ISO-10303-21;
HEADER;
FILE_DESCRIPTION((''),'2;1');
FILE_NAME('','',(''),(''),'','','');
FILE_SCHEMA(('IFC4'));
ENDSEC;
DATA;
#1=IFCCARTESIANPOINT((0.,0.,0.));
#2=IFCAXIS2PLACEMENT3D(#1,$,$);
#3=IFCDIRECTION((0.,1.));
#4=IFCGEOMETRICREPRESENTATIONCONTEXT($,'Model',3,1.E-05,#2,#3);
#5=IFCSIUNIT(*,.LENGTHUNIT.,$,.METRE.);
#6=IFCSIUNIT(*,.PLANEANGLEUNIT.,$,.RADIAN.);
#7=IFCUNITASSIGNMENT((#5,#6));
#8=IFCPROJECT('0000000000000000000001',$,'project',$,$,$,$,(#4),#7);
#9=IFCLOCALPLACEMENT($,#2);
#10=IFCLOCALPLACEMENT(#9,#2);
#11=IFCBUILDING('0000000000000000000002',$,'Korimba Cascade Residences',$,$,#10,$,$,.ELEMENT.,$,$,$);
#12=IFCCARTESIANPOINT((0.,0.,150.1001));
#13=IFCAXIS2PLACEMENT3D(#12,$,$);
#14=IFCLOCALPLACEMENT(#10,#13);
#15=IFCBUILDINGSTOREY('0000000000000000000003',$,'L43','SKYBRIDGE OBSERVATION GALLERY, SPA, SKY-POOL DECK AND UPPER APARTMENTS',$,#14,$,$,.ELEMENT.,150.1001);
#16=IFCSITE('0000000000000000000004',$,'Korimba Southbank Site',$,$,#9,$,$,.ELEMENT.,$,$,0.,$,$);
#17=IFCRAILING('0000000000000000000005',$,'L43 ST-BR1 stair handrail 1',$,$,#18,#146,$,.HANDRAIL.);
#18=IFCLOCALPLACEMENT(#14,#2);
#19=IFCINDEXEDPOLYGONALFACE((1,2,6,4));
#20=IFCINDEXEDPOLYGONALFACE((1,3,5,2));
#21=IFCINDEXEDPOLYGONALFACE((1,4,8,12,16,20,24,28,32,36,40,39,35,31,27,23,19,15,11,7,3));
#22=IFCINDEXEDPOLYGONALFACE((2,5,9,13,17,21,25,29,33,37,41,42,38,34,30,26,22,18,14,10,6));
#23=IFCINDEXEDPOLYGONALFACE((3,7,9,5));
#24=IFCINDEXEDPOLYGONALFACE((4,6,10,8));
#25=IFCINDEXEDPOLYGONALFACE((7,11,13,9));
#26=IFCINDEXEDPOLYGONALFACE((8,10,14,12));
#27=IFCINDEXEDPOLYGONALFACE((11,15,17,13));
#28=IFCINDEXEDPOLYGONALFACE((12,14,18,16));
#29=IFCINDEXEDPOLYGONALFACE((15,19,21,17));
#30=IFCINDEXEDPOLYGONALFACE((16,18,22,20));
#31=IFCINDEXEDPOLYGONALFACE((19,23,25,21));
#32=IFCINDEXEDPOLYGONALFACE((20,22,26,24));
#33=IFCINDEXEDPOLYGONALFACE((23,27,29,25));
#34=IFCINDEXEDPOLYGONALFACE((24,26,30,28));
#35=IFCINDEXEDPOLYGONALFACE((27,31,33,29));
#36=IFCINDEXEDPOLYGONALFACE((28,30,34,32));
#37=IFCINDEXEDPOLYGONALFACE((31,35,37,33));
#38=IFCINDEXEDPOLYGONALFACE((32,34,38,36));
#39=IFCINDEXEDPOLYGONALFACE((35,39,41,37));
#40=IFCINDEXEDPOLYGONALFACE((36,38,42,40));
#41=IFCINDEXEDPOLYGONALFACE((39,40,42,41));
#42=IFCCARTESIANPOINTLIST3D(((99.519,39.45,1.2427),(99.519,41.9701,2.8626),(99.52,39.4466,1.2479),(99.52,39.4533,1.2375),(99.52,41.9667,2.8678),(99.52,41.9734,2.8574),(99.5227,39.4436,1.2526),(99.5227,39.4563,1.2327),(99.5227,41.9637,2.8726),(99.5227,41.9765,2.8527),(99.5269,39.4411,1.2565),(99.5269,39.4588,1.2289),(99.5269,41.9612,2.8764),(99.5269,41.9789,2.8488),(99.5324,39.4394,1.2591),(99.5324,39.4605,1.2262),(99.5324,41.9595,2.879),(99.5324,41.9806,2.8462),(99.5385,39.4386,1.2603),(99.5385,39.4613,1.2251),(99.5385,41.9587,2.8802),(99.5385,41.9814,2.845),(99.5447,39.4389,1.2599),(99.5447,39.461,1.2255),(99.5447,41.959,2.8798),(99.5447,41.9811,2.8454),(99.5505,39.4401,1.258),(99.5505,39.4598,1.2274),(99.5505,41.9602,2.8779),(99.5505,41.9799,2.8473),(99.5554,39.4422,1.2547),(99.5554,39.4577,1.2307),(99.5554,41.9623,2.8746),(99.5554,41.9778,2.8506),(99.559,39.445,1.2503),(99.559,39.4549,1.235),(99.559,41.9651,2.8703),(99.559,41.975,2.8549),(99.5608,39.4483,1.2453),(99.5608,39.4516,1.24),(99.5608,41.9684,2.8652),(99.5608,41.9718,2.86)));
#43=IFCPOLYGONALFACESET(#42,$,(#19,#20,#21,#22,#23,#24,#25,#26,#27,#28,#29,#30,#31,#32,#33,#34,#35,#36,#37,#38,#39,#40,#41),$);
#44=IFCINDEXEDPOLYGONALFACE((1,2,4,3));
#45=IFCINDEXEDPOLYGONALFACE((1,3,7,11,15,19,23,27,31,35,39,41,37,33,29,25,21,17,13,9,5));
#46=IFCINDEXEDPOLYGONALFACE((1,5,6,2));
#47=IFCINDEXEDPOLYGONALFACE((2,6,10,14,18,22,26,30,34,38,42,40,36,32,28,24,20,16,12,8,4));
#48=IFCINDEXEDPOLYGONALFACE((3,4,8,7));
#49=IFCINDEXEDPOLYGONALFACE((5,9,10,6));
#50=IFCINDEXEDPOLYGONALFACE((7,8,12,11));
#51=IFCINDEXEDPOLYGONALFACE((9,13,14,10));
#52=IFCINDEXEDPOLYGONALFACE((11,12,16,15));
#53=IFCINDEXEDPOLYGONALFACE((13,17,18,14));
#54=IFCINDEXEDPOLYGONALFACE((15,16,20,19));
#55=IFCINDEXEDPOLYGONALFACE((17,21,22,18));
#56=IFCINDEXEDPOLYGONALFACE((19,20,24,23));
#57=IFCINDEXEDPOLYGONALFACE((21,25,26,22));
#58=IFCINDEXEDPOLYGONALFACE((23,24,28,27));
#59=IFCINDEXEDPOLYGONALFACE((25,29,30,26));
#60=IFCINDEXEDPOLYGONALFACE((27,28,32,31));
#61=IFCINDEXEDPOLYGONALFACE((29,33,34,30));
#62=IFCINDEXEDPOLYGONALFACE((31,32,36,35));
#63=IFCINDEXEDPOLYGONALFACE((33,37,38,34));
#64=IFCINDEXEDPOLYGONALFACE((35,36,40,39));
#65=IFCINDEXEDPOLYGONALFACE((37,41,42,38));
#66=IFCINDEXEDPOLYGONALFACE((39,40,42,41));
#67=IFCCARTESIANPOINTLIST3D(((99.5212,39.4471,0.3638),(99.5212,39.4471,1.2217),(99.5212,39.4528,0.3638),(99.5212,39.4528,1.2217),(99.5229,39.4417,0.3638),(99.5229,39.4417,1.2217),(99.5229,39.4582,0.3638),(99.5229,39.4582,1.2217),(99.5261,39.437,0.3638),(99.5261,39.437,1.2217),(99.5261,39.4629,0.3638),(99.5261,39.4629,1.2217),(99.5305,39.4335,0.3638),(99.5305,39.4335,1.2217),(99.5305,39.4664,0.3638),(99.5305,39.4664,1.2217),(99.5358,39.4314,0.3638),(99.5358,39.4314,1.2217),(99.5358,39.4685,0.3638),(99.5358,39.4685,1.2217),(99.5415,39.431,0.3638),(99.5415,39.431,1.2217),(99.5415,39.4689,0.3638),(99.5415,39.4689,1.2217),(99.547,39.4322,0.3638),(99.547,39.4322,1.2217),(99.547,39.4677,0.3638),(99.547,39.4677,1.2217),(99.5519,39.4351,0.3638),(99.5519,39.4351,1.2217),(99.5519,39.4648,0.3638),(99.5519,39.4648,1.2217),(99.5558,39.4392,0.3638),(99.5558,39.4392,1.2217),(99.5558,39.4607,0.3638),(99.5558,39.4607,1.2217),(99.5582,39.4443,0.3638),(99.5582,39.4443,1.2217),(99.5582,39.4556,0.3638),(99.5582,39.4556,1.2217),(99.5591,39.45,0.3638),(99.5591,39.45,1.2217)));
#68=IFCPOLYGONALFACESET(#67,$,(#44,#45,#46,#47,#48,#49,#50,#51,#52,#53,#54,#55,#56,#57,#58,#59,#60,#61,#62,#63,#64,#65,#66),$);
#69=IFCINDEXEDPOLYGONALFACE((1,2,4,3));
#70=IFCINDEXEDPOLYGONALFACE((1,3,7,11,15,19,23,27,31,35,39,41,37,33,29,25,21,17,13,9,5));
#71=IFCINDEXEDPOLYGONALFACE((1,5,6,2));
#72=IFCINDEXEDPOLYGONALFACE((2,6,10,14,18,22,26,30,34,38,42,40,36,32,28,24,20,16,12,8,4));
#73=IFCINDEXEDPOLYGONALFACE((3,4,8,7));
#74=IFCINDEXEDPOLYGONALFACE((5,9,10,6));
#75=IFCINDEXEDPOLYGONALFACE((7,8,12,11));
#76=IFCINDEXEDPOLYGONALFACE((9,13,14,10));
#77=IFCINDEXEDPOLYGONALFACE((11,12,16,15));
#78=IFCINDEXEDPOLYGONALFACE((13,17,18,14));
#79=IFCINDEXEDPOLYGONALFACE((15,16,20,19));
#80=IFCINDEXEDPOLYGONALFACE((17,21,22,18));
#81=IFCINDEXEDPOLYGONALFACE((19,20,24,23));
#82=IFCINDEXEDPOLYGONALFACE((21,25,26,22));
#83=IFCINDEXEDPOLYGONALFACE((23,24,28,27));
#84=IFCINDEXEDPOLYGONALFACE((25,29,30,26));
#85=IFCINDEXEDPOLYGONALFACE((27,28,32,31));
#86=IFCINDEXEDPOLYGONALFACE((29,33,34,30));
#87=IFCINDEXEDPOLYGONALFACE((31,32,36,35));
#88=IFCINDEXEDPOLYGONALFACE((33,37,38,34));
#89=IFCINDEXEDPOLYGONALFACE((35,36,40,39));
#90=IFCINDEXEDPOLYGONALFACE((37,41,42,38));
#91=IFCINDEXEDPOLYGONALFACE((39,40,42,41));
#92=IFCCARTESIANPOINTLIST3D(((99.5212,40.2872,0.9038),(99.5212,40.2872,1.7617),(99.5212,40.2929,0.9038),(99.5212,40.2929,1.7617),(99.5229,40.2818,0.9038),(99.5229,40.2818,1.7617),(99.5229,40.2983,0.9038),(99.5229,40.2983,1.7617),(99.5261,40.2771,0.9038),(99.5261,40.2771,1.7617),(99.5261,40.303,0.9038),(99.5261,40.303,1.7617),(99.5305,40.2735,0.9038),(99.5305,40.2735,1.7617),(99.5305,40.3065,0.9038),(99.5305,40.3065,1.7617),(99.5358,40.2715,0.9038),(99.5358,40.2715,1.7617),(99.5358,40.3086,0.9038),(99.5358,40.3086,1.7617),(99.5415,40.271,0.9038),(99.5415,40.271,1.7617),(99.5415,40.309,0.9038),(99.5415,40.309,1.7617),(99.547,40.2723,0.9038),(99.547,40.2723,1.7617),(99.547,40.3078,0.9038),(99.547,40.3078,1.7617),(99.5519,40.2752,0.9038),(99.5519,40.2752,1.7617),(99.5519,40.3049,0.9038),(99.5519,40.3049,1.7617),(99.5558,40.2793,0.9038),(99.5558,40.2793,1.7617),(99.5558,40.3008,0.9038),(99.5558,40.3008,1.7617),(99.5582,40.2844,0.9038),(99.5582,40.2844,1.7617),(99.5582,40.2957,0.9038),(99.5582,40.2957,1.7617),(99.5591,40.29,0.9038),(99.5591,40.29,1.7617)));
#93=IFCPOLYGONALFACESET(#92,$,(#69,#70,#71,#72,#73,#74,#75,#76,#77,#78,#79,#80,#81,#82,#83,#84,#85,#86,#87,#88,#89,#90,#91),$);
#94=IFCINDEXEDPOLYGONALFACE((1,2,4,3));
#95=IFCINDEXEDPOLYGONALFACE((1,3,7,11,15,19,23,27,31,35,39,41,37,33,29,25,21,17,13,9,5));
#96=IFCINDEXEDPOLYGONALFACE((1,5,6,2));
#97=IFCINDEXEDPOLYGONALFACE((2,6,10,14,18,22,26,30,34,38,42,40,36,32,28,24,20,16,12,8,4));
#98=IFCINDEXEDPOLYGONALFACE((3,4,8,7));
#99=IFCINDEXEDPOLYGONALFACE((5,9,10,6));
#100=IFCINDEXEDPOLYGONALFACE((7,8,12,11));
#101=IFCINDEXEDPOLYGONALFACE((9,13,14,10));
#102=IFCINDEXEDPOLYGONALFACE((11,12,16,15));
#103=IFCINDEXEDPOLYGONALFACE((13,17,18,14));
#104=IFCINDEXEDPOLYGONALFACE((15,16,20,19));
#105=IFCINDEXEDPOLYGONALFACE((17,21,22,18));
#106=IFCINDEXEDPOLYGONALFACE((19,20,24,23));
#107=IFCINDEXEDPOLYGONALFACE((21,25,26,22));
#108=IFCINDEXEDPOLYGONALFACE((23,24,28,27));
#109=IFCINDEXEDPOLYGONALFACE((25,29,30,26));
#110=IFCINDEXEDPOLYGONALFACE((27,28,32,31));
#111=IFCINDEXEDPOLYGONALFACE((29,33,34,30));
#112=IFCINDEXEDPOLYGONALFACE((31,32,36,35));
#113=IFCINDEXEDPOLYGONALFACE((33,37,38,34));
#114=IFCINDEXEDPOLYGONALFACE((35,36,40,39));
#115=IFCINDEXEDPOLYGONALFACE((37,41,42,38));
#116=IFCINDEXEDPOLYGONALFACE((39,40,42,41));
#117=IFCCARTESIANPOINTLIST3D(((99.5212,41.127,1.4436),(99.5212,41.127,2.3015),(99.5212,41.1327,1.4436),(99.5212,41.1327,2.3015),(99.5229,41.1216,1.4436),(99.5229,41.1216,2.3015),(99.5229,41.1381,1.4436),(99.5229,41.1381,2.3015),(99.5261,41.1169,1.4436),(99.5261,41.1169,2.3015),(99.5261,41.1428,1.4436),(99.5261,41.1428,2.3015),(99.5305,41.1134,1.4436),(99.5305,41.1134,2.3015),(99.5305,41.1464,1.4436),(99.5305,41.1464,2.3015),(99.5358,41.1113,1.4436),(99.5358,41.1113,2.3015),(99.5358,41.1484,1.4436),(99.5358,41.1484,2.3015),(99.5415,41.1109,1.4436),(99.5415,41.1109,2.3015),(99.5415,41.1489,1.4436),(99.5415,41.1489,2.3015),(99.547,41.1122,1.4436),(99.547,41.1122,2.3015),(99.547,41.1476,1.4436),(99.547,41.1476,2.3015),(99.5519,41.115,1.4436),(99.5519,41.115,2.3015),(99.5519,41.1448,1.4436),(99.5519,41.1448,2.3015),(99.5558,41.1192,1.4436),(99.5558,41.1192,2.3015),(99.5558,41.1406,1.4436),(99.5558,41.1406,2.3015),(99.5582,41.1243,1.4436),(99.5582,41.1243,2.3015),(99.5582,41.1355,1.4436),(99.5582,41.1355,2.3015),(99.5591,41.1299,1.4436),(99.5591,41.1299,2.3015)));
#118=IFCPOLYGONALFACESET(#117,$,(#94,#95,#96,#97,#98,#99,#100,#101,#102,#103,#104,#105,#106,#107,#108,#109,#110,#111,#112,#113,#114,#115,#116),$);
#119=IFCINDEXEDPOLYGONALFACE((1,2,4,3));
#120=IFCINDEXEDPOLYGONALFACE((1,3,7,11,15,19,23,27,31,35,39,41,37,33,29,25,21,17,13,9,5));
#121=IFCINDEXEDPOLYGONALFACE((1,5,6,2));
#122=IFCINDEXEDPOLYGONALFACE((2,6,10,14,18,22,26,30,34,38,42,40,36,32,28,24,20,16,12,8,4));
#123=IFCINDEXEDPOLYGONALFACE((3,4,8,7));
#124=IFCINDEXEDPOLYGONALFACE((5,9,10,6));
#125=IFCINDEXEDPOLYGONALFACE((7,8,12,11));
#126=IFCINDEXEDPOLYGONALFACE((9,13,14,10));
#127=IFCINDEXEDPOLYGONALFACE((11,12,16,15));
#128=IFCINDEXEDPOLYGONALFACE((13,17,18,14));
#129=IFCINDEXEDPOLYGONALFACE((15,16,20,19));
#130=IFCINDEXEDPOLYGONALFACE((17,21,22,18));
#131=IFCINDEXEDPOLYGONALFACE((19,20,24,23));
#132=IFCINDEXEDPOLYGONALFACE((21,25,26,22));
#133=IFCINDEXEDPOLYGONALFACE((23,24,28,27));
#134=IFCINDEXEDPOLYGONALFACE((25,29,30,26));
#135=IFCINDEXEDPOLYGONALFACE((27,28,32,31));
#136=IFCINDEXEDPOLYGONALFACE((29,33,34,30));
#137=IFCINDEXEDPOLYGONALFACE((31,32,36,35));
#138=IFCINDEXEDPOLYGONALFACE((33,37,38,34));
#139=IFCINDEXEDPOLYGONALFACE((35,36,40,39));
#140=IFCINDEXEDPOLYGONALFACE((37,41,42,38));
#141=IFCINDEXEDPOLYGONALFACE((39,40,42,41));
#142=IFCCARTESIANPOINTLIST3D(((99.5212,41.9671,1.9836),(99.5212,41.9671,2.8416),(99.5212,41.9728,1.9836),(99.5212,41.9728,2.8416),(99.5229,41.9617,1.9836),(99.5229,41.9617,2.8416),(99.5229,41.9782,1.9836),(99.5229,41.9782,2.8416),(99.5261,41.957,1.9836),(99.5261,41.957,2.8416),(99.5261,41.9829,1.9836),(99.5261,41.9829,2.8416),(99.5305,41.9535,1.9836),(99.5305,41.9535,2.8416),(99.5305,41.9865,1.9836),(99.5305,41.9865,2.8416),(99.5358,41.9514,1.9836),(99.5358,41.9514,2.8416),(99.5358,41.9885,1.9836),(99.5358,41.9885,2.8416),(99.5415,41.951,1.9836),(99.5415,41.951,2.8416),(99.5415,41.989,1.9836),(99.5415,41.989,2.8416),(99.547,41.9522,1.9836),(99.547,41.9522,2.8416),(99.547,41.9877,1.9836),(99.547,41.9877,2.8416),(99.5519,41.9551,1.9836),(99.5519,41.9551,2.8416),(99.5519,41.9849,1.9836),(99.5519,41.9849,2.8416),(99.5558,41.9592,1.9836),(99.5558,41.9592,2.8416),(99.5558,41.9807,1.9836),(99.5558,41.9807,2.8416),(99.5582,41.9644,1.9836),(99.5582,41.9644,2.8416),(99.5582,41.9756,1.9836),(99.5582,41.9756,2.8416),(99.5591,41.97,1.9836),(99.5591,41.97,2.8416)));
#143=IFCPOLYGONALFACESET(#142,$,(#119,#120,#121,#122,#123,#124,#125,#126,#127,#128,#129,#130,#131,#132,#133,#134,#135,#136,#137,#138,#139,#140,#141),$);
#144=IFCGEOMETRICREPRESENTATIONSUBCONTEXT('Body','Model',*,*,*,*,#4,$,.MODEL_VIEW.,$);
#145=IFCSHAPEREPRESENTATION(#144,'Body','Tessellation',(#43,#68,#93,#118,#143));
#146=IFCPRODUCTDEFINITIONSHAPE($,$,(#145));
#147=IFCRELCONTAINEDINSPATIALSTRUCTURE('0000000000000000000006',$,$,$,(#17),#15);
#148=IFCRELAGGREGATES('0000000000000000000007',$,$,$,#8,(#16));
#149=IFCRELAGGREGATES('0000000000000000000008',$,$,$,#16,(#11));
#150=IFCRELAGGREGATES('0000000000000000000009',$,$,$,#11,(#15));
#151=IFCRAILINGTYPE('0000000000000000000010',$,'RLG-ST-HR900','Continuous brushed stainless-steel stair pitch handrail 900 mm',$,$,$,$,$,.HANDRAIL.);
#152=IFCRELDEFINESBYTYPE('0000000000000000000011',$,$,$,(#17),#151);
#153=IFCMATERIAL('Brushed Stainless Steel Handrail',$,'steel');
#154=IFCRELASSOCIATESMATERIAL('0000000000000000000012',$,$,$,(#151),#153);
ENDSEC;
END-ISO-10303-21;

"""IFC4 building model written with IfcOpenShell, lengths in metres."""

from ifc_helpers import new_model, si_unit, direction, frame, origin, origin_2d, place, context, subcontext, project, spatial, circle, extrude, material, type_object, element, save


model = new_model("IFC4")

# Units and contexts
model_context = context("Model", 3, precision=1e-05, world=origin(), true_north=direction((0.0, 1.0)))
body_context = subcontext(model_context, "Body", "Model", "MODEL_VIEW")
ifc_project = project(units=[si_unit("LENGTHUNIT", "METRE"), si_unit("PLANEANGLEUNIT", "RADIAN")], contexts=[model_context])

# Site, building, storey
site_placement = place(None, origin())
site = spatial("IfcSite", under=ifc_project, at=site_placement, Name="Korimba Southbank Site", CompositionType="ELEMENT", RefElevation=0.0)
building_placement = place(site_placement, origin())
building = spatial("IfcBuilding", under=site, at=building_placement, Name="Korimba Cascade Residences", CompositionType="ELEMENT")
storey_placement = place(building_placement, frame((0.0, 0.0, 150.1001)))
storey = spatial("IfcBuildingStorey", under=building, at=storey_placement, Name="L43", Description="SKYBRIDGE OBSERVATION GALLERY, SPA, SKY-POOL DECK AND UPPER APARTMENTS", CompositionType="ELEMENT", Elevation=150.1001)

# Railing
ifc_material_1 = material(Name="Brushed Stainless Steel Handrail", Category="steel")
railing_type_1 = type_object("IfcRailingType", Name="RLG-ST-HR900", Description="Continuous brushed stainless-steel stair pitch handrail 900 mm", PredefinedType="HANDRAIL", material=ifc_material_1)
railing_1_placement = place(storey_placement, frame((99.54, 39.45, 0.3638)))
element("IfcRailing", 1, at=railing_1_placement, inside=storey, type_object=railing_type_1, Name="L43 ST-BR1 stair handrail 1", PredefinedType="HANDRAIL", context=body_context, shape_type="SweptSolid", body=[
    extrude(circle(Radius=0.021, at=origin_2d()), frame((0.0, 0.0, 0.8789), z_axis=(0.0, 0.8412, 0.540725), x_axis=(-1.0, 0.0, 0.0)), (0.0, 0.0, 1.0), 2.9958),
    extrude(circle(Radius=0.019, at=origin_2d()), origin(), (0.0, 0.0, 1.0), 0.8579),
    extrude(circle(Radius=0.019, at=origin_2d()), frame((0.0, 0.8401, 0.54)), (0.0, 0.0, 1.0), 0.8579),
    extrude(circle(Radius=0.019, at=origin_2d()), frame((0.0, 1.6799, 1.0798)), (0.0, 0.0, 1.0), 0.8579),
    extrude(circle(Radius=0.019, at=origin_2d()), frame((0.0, 2.52, 1.6199)), (0.0, 0.0, 1.0), 0.8579),
])

save(model, "model.ifc")
